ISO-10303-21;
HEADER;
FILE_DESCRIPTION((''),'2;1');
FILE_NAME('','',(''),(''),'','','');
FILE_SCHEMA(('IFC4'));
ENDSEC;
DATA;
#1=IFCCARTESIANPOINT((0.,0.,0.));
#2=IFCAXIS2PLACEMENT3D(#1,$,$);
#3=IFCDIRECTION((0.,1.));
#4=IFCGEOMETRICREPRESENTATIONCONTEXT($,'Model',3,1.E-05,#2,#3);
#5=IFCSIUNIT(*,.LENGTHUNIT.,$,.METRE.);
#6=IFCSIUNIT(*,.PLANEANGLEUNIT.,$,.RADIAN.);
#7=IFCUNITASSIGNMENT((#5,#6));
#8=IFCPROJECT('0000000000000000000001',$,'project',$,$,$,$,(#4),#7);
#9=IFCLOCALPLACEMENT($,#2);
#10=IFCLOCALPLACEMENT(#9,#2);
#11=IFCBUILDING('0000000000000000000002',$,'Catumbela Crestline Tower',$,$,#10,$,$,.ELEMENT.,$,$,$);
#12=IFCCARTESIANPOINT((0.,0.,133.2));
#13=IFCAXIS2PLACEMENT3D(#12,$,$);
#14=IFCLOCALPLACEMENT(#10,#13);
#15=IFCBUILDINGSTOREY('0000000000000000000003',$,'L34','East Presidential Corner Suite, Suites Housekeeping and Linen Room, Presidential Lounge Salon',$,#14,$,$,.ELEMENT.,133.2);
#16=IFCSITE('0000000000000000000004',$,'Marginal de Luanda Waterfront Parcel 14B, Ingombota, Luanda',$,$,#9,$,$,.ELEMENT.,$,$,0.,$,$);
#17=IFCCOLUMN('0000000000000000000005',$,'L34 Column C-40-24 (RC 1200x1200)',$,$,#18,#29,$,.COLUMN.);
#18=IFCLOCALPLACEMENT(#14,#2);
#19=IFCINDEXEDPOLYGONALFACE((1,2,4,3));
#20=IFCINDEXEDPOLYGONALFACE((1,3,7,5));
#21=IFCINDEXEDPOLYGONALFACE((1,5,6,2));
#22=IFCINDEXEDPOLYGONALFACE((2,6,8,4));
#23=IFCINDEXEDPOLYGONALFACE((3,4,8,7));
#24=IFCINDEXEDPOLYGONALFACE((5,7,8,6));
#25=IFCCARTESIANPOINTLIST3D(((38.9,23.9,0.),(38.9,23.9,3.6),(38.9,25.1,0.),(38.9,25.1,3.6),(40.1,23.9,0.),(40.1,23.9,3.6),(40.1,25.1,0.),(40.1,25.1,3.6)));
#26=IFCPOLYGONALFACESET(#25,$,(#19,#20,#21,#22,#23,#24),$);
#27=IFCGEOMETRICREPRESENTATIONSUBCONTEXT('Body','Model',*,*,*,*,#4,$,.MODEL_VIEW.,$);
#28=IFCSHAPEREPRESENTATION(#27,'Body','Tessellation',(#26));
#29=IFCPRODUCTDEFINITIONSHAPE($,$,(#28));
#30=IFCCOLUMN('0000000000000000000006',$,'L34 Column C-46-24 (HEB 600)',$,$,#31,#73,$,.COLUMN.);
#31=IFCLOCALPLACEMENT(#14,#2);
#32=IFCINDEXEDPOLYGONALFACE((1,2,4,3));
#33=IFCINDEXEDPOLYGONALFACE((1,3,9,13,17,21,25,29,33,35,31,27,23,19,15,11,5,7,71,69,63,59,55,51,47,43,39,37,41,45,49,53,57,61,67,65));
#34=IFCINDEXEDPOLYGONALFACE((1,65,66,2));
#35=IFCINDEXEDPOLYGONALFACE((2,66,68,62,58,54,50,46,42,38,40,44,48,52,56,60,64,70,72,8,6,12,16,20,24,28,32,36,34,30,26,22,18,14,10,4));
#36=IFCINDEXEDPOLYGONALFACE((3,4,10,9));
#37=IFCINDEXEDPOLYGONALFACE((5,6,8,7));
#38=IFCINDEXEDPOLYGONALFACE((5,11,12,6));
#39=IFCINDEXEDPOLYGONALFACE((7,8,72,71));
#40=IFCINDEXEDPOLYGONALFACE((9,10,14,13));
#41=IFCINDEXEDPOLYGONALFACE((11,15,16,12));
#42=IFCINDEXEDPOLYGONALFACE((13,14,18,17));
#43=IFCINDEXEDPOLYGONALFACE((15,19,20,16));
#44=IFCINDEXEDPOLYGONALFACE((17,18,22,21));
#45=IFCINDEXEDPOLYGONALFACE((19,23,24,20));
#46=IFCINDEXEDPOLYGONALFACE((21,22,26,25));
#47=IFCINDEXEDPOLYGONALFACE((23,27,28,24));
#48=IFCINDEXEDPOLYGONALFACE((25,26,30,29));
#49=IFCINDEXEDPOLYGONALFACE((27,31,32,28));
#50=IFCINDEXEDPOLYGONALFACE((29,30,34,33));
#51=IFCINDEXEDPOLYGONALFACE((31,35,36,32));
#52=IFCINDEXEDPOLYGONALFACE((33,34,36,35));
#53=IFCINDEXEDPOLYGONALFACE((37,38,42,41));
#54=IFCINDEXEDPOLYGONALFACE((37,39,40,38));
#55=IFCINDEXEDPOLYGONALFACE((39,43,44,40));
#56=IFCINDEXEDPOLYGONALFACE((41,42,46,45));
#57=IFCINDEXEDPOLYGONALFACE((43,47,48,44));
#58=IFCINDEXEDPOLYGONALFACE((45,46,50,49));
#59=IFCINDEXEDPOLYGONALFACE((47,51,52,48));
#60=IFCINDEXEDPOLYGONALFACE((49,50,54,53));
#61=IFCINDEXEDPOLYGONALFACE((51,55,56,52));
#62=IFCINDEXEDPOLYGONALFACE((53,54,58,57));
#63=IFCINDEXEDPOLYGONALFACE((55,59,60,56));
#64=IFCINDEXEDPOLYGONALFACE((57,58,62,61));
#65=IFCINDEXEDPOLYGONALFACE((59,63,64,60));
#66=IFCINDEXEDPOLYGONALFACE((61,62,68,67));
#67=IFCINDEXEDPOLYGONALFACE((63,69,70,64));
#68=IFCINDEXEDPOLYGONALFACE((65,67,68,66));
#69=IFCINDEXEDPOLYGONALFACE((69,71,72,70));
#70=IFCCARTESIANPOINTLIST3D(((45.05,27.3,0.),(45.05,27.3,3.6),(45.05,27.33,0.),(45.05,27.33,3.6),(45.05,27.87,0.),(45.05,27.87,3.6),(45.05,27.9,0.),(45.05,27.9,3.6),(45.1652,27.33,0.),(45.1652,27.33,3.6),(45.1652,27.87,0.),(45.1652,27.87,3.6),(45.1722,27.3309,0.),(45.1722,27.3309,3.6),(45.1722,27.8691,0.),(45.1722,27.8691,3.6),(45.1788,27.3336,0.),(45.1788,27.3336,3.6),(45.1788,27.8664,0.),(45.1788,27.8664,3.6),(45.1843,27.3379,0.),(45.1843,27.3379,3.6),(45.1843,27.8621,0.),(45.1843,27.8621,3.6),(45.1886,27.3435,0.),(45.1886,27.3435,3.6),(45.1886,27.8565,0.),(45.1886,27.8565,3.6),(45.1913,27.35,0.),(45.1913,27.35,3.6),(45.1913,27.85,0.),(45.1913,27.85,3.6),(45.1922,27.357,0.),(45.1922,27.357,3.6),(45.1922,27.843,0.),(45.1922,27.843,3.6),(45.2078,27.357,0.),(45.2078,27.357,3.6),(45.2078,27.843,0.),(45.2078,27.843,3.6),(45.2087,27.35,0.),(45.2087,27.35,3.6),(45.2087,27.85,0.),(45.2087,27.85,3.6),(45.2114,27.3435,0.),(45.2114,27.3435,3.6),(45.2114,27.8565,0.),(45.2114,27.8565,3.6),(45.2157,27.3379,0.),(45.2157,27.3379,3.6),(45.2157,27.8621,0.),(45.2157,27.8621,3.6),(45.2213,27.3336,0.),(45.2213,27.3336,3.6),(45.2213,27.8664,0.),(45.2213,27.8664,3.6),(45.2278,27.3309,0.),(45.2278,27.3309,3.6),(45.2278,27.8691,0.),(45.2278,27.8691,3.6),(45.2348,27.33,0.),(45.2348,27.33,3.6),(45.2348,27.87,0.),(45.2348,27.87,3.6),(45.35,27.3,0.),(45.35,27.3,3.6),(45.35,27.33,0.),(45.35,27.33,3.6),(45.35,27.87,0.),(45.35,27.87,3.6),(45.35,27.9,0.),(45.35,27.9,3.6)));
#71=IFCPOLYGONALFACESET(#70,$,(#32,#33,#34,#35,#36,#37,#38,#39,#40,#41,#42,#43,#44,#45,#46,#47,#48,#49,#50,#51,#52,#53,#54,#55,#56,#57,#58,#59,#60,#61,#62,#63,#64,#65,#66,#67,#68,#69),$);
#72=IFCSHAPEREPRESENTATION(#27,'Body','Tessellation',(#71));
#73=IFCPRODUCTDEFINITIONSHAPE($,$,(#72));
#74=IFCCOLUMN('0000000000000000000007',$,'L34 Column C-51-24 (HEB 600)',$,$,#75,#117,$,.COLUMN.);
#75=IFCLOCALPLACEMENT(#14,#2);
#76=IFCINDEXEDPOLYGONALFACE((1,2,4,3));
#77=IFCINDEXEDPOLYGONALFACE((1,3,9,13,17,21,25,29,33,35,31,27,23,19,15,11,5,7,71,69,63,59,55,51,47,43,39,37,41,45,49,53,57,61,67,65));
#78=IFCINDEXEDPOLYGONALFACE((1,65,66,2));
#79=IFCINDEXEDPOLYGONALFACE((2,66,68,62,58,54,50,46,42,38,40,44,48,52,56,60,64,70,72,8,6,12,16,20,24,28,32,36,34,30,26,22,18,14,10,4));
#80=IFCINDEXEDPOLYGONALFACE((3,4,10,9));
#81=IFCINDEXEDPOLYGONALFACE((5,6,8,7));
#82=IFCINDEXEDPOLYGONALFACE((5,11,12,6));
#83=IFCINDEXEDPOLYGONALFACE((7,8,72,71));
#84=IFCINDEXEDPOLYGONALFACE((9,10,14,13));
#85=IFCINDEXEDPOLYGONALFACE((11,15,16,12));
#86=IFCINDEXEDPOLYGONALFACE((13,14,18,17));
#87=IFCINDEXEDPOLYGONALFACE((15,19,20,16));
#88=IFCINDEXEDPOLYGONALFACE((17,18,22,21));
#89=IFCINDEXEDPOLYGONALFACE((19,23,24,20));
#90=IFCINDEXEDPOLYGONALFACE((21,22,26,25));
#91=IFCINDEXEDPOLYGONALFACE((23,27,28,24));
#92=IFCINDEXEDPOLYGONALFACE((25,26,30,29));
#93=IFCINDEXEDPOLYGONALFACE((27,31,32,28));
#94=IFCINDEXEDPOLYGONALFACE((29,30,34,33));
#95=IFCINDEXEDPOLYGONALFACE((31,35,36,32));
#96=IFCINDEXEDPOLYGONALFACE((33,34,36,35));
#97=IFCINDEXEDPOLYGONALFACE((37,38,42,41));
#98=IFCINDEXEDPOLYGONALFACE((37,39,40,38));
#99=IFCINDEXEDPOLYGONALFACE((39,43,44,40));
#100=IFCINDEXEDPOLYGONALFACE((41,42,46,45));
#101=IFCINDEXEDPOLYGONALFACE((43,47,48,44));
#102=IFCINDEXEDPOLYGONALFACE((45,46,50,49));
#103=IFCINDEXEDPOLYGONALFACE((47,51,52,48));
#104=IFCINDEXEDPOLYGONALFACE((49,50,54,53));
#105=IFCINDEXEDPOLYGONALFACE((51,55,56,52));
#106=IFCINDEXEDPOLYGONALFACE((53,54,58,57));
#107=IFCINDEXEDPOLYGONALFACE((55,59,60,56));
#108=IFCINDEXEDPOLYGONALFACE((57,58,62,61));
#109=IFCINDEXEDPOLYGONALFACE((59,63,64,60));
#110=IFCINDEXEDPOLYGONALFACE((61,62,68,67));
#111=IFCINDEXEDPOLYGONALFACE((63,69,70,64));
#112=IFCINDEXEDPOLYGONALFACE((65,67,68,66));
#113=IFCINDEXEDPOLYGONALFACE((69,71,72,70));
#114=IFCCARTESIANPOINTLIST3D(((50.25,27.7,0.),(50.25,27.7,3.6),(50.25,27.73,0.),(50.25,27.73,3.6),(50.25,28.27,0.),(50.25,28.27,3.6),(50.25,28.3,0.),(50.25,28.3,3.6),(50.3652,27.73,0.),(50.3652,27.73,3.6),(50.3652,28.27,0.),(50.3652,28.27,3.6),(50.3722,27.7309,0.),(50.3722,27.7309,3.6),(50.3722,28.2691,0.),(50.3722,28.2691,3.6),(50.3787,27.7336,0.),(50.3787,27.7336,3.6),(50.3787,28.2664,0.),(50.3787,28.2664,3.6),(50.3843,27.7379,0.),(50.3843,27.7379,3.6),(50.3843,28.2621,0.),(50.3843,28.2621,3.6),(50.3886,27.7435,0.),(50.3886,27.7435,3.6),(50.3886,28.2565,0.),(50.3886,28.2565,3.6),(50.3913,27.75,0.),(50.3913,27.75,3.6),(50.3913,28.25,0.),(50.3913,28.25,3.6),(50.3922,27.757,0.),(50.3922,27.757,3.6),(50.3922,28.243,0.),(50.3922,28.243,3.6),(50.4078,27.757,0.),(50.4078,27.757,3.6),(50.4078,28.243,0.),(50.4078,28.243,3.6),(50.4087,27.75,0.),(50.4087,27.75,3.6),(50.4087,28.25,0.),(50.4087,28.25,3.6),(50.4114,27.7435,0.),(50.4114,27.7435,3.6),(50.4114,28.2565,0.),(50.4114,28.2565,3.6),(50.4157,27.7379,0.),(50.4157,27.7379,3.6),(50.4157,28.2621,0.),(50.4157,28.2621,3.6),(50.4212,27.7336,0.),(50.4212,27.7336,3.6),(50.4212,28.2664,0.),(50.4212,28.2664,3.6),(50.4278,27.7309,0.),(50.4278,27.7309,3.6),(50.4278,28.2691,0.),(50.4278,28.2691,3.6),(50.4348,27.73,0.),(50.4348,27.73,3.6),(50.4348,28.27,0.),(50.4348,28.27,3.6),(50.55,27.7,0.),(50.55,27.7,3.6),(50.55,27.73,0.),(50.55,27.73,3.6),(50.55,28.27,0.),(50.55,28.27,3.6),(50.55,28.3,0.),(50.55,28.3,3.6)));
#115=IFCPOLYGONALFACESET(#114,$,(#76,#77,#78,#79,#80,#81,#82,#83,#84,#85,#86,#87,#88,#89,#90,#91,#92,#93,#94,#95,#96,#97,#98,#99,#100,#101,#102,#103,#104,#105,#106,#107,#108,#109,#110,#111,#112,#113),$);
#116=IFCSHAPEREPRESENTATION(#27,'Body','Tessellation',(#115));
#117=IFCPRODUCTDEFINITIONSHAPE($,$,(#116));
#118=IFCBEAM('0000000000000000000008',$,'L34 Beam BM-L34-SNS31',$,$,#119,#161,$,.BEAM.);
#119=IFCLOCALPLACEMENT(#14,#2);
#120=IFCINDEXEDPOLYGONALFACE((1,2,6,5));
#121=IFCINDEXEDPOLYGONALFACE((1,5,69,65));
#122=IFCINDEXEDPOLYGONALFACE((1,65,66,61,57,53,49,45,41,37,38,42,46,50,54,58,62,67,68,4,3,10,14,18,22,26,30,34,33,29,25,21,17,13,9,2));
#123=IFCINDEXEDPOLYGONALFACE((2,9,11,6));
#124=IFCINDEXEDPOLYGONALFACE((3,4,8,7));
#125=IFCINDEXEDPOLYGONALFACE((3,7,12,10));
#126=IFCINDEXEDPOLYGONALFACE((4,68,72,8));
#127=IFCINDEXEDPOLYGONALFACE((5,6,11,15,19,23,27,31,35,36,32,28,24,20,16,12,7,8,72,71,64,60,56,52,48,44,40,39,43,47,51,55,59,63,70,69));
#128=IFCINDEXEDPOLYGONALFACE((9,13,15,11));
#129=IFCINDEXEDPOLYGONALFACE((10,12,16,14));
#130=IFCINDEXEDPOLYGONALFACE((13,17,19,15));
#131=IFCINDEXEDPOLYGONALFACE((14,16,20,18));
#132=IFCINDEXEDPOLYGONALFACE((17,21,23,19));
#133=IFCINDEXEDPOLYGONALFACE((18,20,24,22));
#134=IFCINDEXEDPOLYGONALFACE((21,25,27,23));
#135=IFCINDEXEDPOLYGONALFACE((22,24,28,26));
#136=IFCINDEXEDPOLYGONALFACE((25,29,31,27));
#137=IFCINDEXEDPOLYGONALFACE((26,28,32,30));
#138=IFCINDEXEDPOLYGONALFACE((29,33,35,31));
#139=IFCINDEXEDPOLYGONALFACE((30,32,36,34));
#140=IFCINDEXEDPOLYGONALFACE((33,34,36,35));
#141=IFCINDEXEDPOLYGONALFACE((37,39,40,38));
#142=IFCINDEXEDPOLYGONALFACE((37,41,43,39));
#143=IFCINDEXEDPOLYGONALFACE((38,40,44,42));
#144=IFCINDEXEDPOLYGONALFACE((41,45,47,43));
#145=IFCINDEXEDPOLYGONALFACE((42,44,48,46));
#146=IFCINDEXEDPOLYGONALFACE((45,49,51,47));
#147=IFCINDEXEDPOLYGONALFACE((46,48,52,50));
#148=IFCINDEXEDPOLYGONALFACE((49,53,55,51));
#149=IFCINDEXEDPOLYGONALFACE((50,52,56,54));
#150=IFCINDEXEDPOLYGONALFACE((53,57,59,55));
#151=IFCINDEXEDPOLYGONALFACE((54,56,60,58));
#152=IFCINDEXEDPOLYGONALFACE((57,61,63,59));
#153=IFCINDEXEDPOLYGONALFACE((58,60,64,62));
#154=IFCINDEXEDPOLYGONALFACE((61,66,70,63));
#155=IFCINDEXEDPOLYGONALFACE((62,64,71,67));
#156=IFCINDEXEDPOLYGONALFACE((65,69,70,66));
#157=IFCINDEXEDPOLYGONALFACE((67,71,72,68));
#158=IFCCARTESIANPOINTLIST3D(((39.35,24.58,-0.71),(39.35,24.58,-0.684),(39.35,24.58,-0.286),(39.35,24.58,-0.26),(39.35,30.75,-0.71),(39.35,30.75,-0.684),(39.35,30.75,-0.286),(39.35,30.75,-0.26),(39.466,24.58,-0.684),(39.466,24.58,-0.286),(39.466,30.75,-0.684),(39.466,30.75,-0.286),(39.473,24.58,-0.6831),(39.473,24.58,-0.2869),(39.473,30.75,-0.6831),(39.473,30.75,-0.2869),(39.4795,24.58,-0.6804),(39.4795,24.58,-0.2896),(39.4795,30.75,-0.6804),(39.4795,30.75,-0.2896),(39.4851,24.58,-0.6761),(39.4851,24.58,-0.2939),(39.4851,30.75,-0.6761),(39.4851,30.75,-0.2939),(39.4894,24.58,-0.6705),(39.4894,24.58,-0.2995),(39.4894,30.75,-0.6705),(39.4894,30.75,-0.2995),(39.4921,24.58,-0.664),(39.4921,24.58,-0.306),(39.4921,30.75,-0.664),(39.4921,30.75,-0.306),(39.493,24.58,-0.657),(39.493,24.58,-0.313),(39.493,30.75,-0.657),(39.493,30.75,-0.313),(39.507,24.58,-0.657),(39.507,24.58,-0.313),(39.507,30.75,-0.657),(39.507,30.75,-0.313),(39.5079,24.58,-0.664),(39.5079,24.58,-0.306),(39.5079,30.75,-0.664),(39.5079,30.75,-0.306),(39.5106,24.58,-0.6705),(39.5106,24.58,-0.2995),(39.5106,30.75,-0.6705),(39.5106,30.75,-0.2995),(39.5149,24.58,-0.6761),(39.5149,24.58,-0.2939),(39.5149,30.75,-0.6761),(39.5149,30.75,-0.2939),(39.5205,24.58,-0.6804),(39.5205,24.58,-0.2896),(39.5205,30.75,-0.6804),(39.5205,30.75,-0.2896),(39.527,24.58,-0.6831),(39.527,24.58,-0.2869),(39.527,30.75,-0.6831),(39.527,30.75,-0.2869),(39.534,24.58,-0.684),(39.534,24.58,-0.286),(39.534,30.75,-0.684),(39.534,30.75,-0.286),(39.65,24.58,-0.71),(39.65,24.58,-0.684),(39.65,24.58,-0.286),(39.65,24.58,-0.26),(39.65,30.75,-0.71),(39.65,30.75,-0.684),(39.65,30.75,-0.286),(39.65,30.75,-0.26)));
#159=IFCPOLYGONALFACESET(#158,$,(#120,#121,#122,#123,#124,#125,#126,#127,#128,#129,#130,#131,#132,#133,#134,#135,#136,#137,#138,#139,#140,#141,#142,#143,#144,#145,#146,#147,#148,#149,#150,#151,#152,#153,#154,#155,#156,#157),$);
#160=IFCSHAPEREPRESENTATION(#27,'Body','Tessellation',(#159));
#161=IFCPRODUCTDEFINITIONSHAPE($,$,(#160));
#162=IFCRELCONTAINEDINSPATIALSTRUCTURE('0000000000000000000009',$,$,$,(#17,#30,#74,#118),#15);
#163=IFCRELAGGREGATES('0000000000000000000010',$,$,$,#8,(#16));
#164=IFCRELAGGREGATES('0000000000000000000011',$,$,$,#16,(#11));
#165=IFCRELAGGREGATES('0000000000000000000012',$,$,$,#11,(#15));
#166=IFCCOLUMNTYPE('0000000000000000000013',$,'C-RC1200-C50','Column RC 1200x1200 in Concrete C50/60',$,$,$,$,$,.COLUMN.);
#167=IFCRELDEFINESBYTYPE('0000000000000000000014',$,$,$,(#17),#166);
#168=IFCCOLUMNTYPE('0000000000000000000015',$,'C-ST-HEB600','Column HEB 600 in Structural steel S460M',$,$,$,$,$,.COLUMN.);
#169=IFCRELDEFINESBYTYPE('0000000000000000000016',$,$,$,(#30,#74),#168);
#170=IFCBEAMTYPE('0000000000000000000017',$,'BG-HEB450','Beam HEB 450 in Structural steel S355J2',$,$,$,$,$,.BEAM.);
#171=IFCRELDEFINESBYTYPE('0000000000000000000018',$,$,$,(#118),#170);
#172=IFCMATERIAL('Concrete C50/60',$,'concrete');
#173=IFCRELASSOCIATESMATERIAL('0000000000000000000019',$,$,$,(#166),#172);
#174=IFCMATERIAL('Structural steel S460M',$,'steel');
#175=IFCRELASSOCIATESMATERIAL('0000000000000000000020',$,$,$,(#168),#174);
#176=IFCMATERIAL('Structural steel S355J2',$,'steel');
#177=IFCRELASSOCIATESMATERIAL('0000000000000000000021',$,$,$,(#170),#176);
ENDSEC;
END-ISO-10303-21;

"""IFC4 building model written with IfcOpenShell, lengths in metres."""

from ifc_helpers import new_model, si_unit, direction, frame, origin, origin_2d, place, context, subcontext, project, spatial, rectangle, i_section, extrude, material, material_profile, profile_set, type_object, element, save


model = new_model("IFC4")

# Units and contexts
model_context = context("Model", 3, precision=1e-05, world=origin(), true_north=direction((0.0, 1.0)))
body_context = subcontext(model_context, "Body", "Model", "MODEL_VIEW")
ifc_project = project(units=[si_unit("LENGTHUNIT", "METRE"), si_unit("PLANEANGLEUNIT", "RADIAN")], contexts=[model_context])

# Site, building, storey
site_placement = place(None, origin())
site = spatial("IfcSite", under=ifc_project, at=site_placement, Name="Marginal de Luanda Waterfront Parcel 14B, Ingombota, Luanda", CompositionType="ELEMENT", RefElevation=0.0)
building_placement = place(site_placement, origin())
building = spatial("IfcBuilding", under=site, at=building_placement, Name="Catumbela Crestline Tower", CompositionType="ELEMENT")
storey_placement = place(building_placement, frame((0.0, 0.0, 133.2)))
storey = spatial("IfcBuildingStorey", under=building, at=storey_placement, Name="L34", Description="East Presidential Corner Suite, Suites Housekeeping and Linen Room, Presidential Lounge Salon", CompositionType="ELEMENT", Elevation=133.2)

# Columns
ifc_material_1 = material(Name="Concrete C50/60", Category="concrete")
ifc_material_profile_1 = material_profile(ifc_material_1, rectangle(XDim=1.2, YDim=1.2, at=origin_2d()), Name="RC 1200x1200")
ifc_profile_set_1 = profile_set([ifc_material_profile_1], Name="Concrete C50/60")
column_type_1 = type_object("IfcColumnType", Name="C-RC1200-C50", Description="Column RC 1200x1200 in Concrete C50/60", PredefinedType="COLUMN", material=ifc_profile_set_1)
column_placement = place(storey_placement, frame((39.5, 24.5, 0.0), z_axis=(0.0, 0.0, 1.0), x_axis=(1.0, 0.0, 0.0)))
element("IfcColumn", 1, at=column_placement, inside=storey, type_object=column_type_1, Name="L34 Column C-40-24 (RC 1200x1200)", PredefinedType="COLUMN", context=body_context, shape_type="SweptSolid", body=[
    extrude(rectangle(XDim=1.2, YDim=1.2, at=origin_2d()), origin(), (0.0, 0.0, 1.0), 3.6),
])
ifc_material_2 = material(Name="Structural steel S460M", Category="steel")
ifc_material_profile_2 = material_profile(ifc_material_2, i_section(OverallWidth=0.3, OverallDepth=0.6, WebThickness=0.0155, FlangeThickness=0.03, FilletRadius=0.027, at=origin_2d()), Name="HEB 600")
ifc_profile_set_2 = profile_set([ifc_material_profile_2], Name="Structural steel S460M")
column_type_2 = type_object("IfcColumnType", Name="C-ST-HEB600", Description="Column HEB 600 in Structural steel S460M", PredefinedType="COLUMN", material=ifc_profile_set_2)
for number, where, z_axis, x_axis, name in (
    (2, (45.2, 27.6, 0.0), (0.0, 0.0, 1.0), (1.0, 0.0, 0.0), "L34 Column C-46-24 (HEB 600)"),
    (3, (50.4, 28.0, 0.0), (0.0, 0.0, 1.0), (1.0, 0.0, 0.0), "L34 Column C-51-24 (HEB 600)"),
):
    element("IfcColumn", number, at=place(storey_placement, frame(where, z_axis=z_axis, x_axis=x_axis)), inside=storey, type_object=column_type_2, Name=name, PredefinedType="COLUMN", context=body_context, shape_type="SweptSolid", body=[
        extrude(i_section(OverallWidth=0.3, OverallDepth=0.6, WebThickness=0.0155, FlangeThickness=0.03, FilletRadius=0.027, at=origin_2d()), origin(), (0.0, 0.0, 1.0), 3.6),
    ])

# Beam
ifc_material_3 = material(Name="Structural steel S355J2", Category="steel")
ifc_material_profile_3 = material_profile(ifc_material_3, i_section(OverallWidth=0.3, OverallDepth=0.45, WebThickness=0.014, FlangeThickness=0.026, FilletRadius=0.027, at=origin_2d()), Name="HEB 450")
ifc_profile_set_3 = profile_set([ifc_material_profile_3], Name="Structural steel S355J2")
beam_type_1 = type_object("IfcBeamType", Name="BG-HEB450", Description="Beam HEB 450 in Structural steel S355J2", PredefinedType="BEAM", material=ifc_profile_set_3)
beam_1_placement = place(storey_placement, frame((39.5, 24.58, -0.485), z_axis=(0.0, 1.0, 0.0), x_axis=(-1.0, 0.0, 0.0)))
element("IfcBeam", 4, at=beam_1_placement, inside=storey, type_object=beam_type_1, Name="L34 Beam BM-L34-SNS31", PredefinedType="BEAM", context=body_context, shape_type="SweptSolid", body=[
    extrude(i_section(OverallWidth=0.3, OverallDepth=0.45, WebThickness=0.014, FlangeThickness=0.026, FilletRadius=0.027, at=origin_2d()), origin(), (0.0, 0.0, 1.0), 6.17),
])

save(model, "model.ifc")
